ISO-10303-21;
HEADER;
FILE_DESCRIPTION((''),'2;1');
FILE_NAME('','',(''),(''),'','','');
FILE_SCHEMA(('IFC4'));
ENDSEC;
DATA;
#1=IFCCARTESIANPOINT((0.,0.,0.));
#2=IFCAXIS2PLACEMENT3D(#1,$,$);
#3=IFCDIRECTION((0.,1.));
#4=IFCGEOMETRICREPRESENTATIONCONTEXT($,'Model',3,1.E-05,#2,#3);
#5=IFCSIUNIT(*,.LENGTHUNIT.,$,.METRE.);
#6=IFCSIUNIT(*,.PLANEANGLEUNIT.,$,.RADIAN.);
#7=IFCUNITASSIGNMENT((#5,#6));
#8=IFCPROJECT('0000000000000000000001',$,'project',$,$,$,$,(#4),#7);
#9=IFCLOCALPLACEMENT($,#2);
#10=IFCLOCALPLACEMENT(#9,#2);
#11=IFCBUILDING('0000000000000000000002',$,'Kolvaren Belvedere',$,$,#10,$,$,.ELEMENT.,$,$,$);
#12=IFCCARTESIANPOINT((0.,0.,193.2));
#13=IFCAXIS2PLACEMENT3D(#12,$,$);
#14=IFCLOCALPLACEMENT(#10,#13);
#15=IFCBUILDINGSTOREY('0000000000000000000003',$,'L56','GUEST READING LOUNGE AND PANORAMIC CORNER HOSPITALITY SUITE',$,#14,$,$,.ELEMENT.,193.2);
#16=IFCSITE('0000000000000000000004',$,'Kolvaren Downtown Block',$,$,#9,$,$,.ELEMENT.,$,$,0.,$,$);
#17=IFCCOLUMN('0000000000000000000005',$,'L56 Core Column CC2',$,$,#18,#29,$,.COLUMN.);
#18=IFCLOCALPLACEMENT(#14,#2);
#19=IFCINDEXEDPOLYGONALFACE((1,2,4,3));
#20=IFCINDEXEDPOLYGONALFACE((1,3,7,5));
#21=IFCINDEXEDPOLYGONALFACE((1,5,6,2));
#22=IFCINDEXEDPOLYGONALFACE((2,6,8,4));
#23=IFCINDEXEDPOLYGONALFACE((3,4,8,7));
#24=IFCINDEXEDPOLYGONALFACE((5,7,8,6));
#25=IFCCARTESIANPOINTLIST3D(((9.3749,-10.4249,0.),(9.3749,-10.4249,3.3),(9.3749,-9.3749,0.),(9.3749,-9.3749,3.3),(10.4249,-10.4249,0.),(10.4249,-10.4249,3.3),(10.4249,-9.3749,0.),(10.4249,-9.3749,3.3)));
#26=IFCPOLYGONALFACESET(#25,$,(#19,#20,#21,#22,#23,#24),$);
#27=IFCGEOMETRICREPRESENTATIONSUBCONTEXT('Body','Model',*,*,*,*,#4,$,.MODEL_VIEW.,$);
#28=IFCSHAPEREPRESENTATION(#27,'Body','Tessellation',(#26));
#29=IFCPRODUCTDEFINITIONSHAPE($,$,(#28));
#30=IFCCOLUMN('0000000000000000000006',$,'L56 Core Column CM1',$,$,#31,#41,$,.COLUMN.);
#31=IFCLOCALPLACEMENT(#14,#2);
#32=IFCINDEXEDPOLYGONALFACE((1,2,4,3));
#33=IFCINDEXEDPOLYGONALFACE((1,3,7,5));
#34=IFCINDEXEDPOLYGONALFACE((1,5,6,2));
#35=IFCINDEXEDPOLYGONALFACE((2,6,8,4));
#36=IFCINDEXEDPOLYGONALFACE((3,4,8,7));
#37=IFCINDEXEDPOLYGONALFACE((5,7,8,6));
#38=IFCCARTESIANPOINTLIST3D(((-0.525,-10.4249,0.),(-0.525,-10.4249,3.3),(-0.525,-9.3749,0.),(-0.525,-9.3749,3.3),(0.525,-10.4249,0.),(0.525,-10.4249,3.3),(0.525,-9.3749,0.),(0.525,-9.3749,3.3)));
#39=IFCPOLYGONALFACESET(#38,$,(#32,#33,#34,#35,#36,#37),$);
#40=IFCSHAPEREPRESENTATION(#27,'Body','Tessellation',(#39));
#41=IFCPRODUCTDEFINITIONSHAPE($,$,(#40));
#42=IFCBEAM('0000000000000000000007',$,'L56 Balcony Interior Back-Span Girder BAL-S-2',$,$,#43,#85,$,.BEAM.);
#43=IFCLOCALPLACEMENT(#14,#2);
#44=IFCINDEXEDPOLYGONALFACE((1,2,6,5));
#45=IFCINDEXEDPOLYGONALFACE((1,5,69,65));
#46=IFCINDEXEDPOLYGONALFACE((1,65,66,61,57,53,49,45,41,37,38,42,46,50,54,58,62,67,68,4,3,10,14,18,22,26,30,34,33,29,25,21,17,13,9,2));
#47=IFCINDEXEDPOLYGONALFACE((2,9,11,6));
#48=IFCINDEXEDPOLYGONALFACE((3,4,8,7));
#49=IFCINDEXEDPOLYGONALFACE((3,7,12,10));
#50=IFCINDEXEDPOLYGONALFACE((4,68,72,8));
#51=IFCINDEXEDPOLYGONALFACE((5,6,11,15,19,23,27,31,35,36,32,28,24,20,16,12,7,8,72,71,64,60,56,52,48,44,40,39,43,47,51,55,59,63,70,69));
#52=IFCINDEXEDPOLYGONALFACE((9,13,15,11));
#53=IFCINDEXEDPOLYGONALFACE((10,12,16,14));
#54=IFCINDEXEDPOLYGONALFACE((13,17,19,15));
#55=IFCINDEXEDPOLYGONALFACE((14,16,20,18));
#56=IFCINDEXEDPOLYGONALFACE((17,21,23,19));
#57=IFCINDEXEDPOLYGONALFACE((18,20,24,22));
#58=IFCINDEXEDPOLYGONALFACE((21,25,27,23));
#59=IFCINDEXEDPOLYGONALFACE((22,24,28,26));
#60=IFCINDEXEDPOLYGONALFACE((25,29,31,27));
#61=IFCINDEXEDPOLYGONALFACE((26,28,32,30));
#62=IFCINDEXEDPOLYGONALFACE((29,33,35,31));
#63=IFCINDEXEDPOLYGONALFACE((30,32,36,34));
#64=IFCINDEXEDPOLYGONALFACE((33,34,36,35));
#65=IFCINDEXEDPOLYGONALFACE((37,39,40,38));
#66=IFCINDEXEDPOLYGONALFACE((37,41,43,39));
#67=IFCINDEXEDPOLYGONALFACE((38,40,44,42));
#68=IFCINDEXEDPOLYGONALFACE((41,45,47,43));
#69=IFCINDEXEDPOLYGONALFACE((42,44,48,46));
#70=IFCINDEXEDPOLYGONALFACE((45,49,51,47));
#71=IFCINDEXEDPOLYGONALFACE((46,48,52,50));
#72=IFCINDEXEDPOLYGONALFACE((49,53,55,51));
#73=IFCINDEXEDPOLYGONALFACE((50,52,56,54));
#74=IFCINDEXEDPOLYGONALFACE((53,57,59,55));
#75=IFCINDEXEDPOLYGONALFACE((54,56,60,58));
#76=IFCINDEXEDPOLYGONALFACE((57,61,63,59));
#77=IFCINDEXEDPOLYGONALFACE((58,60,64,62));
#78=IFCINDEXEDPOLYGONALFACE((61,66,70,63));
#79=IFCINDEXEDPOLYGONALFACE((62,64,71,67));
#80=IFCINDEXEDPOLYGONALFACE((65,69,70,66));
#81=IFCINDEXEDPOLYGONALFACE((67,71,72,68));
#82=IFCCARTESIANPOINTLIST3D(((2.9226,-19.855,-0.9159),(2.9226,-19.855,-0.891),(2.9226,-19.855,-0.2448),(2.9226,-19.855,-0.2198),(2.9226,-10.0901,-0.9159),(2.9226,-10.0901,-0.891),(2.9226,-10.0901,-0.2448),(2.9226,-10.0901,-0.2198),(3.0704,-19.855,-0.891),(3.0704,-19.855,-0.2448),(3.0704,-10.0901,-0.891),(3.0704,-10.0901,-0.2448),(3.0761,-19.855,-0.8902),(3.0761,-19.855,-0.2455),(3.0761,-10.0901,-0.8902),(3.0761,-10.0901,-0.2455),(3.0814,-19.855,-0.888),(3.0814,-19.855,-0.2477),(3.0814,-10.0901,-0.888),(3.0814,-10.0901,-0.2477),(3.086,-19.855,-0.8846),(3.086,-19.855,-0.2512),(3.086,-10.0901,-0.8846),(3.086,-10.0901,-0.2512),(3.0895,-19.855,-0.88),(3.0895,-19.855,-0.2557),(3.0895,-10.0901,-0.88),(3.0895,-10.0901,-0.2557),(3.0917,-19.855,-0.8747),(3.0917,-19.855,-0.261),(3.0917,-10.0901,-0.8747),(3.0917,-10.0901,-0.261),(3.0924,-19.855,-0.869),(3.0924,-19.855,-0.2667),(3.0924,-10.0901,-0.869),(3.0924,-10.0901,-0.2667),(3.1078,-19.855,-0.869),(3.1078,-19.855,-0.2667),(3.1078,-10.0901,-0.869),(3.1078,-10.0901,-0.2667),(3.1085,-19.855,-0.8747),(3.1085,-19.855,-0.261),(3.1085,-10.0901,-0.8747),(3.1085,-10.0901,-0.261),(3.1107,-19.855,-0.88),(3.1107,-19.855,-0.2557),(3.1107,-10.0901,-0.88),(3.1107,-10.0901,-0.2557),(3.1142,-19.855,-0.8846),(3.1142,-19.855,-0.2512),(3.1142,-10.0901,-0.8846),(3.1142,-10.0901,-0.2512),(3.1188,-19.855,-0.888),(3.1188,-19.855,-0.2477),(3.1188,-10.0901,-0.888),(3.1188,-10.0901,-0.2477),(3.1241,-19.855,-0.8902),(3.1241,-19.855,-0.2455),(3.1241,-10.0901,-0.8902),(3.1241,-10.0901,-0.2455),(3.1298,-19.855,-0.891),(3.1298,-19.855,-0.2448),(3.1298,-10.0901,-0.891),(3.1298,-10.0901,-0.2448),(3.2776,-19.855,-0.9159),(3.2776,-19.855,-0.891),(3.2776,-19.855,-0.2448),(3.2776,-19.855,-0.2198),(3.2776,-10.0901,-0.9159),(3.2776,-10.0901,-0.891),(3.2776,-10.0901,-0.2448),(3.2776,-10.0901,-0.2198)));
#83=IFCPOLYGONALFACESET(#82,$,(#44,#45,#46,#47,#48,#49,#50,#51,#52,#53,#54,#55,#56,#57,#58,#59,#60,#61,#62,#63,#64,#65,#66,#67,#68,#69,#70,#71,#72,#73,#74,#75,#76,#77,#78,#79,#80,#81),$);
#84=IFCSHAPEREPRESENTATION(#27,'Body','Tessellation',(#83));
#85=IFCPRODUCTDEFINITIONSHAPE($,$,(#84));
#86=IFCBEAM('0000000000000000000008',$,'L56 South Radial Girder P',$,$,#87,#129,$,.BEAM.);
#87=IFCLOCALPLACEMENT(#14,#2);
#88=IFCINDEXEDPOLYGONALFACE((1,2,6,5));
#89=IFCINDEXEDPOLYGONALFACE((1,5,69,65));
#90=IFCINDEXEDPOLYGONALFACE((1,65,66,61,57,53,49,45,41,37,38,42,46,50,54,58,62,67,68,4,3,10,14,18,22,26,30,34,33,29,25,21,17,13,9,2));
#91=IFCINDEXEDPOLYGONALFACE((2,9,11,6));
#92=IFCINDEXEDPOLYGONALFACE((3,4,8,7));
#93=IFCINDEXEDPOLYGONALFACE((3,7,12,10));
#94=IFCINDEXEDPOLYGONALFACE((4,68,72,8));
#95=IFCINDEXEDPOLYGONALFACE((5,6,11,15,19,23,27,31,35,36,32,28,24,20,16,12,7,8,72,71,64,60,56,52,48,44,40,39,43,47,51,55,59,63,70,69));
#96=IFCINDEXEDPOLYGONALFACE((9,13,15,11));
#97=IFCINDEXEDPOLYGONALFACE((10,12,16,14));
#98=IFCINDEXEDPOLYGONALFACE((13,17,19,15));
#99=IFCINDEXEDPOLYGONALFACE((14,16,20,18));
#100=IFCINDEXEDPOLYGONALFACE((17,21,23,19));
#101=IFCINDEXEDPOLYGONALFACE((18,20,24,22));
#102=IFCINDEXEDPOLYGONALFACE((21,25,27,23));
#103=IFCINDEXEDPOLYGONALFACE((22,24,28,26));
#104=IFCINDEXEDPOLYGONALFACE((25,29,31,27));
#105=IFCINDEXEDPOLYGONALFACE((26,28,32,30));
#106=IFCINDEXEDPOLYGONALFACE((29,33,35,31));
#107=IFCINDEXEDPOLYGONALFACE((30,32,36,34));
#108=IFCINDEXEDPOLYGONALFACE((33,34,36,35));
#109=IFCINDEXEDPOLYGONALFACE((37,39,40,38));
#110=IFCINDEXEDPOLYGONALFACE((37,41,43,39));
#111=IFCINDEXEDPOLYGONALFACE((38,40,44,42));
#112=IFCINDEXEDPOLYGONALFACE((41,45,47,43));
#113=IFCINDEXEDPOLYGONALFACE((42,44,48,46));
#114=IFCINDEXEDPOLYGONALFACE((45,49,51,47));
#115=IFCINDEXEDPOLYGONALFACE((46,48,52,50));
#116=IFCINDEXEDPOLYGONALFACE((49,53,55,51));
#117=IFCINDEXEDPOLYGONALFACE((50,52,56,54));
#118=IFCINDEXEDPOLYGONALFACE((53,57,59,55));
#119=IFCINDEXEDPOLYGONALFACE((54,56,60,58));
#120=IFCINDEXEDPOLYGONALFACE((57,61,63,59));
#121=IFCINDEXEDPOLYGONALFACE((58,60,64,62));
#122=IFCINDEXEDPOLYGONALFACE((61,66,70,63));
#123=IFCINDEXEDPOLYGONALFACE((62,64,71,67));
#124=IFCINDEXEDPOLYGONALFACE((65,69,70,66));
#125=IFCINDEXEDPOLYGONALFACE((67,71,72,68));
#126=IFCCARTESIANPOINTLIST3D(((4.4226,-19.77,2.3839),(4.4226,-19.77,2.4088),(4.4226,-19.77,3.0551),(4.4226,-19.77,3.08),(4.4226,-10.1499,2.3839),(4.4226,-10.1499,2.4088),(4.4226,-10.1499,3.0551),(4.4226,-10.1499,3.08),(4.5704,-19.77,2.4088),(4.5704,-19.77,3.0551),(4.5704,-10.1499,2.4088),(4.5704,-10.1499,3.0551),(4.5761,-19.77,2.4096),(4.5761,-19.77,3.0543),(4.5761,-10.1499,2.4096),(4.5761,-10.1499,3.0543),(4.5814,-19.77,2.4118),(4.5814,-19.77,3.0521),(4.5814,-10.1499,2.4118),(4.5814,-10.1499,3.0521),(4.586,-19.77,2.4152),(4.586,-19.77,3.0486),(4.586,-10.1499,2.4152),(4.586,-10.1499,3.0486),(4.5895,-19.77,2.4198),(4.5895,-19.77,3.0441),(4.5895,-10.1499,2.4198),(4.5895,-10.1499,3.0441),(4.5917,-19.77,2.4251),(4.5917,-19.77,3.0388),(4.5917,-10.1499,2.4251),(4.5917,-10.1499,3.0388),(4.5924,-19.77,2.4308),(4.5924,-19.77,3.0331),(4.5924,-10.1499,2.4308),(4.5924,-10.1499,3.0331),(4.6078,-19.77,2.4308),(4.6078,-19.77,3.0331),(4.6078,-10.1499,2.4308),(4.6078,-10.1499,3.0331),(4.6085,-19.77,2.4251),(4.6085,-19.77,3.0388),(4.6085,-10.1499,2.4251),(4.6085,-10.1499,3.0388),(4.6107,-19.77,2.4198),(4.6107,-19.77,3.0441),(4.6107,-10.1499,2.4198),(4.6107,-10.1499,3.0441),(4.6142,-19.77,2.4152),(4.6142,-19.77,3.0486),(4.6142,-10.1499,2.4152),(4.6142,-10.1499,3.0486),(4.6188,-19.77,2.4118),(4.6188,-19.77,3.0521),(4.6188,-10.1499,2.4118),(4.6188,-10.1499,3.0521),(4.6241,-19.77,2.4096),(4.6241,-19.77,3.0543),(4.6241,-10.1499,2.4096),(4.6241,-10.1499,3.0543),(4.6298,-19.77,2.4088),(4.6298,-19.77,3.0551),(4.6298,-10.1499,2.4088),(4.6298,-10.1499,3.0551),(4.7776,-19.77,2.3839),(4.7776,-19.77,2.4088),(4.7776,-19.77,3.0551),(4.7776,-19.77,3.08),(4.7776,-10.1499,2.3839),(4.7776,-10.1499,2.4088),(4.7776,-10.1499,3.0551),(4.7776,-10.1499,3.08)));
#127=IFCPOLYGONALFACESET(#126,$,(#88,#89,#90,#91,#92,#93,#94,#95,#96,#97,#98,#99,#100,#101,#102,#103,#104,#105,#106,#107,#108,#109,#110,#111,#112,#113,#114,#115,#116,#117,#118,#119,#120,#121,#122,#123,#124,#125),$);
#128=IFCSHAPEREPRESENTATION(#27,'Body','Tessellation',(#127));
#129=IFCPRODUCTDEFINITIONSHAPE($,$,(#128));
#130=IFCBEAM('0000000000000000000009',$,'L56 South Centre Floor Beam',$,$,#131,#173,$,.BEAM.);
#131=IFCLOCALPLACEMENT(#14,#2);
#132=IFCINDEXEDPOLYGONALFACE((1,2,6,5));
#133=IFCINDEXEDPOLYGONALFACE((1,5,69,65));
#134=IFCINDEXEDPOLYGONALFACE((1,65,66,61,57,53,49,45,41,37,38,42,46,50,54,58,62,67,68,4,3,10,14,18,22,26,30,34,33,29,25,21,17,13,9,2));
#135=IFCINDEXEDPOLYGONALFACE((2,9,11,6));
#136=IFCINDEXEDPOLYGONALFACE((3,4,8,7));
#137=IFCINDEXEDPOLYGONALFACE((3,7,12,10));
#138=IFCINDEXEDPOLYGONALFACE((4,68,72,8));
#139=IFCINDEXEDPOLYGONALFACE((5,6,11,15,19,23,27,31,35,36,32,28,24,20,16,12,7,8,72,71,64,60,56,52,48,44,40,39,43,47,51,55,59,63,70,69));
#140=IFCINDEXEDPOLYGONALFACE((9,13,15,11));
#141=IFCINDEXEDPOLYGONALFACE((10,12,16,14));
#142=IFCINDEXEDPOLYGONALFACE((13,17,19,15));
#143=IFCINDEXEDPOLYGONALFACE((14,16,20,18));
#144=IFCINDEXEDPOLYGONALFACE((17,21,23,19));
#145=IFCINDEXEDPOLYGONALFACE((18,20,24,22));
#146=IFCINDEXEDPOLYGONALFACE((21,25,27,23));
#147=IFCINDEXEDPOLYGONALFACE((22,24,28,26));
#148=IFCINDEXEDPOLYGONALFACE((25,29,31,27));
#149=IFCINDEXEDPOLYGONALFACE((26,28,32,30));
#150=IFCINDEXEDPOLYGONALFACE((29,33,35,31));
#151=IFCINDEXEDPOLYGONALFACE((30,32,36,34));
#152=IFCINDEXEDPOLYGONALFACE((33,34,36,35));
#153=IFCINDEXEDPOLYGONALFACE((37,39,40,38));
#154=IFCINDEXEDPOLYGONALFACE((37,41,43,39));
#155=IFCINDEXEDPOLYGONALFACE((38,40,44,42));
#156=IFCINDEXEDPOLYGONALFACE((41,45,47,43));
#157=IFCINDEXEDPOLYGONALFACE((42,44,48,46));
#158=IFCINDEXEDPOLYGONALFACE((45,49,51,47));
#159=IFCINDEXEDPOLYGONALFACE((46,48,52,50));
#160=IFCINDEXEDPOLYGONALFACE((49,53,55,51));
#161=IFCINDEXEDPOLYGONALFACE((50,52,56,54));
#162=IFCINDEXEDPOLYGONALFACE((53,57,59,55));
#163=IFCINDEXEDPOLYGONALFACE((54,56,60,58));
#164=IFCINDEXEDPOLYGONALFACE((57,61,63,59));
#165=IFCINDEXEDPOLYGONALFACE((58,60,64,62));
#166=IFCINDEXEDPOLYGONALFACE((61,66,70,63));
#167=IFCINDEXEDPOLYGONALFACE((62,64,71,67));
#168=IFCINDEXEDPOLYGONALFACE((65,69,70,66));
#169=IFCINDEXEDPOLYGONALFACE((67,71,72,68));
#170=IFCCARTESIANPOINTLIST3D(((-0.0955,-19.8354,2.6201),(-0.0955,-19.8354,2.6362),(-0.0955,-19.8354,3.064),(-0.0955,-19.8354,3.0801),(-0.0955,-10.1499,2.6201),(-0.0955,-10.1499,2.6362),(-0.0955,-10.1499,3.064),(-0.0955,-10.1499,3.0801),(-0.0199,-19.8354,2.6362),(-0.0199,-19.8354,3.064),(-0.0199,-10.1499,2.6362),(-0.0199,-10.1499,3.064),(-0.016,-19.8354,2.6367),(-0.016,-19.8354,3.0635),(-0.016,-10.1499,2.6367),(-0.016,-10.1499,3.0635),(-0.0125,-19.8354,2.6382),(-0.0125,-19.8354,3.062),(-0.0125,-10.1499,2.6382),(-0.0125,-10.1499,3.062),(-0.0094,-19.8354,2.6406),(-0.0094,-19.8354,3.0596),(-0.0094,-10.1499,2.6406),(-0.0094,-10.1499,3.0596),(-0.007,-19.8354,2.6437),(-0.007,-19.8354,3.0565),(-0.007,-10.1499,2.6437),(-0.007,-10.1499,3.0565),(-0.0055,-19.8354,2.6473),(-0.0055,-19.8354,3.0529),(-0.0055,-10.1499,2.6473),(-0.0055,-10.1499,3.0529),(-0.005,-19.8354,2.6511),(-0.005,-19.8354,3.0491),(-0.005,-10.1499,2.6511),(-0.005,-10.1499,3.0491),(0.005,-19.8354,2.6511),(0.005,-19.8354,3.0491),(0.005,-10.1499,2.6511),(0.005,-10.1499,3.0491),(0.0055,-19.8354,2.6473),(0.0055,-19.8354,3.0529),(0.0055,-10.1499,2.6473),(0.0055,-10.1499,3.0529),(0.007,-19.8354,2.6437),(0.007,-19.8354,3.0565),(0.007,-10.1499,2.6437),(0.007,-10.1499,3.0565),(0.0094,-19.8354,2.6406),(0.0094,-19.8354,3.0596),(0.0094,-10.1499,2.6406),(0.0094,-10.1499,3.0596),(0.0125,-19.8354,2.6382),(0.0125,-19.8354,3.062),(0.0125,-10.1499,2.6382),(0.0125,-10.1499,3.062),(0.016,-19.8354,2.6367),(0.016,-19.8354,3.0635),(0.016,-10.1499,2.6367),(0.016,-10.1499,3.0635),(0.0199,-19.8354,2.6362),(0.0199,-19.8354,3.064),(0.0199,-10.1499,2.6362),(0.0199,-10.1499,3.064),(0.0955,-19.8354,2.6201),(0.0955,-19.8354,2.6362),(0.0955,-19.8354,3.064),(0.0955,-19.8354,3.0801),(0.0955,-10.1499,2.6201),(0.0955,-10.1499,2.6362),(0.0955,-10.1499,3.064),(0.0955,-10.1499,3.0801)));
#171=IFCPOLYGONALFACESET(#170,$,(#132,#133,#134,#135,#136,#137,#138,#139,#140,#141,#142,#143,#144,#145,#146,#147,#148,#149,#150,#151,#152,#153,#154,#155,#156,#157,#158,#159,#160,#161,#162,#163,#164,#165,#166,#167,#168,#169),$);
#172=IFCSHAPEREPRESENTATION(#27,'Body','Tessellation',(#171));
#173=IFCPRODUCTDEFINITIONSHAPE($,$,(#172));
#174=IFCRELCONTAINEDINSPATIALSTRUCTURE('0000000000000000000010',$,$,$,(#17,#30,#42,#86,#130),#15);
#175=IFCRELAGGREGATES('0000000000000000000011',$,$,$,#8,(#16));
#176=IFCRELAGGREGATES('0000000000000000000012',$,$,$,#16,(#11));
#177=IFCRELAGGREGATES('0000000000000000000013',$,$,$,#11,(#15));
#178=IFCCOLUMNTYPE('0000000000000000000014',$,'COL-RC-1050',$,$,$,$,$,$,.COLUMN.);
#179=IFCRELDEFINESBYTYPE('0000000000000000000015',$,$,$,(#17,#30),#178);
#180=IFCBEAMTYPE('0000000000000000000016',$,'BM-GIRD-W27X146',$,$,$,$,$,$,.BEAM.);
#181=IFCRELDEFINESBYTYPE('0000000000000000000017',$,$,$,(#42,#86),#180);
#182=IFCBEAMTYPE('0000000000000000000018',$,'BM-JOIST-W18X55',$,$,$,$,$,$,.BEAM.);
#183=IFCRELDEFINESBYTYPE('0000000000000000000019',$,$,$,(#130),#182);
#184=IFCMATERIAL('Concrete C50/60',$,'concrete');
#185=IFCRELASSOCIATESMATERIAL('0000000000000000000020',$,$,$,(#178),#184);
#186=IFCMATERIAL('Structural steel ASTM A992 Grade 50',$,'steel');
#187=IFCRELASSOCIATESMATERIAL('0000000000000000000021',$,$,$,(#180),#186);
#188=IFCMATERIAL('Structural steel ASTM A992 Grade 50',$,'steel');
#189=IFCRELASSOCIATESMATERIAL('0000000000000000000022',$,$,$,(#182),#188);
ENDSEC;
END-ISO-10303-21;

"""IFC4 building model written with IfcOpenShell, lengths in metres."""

from ifc_helpers import new_model, si_unit, direction, frame, origin, origin_2d, place, context, subcontext, project, spatial, rectangle, i_section, extrude, material, material_profile, profile_set, type_object, element, save


model = new_model("IFC4")

# Units and contexts
model_context = context("Model", 3, precision=1e-05, world=origin(), true_north=direction((0.0, 1.0)))
body_context = subcontext(model_context, "Body", "Model", "MODEL_VIEW")
ifc_project = project(units=[si_unit("LENGTHUNIT", "METRE"), si_unit("PLANEANGLEUNIT", "RADIAN")], contexts=[model_context])

# Site, building, storey
site_placement = place(None, origin())
site = spatial("IfcSite", under=ifc_project, at=site_placement, Name="Kolvaren Downtown Block", CompositionType="ELEMENT", RefElevation=0.0)
building_placement = place(site_placement, origin())
building = spatial("IfcBuilding", under=site, at=building_placement, Name="Kolvaren Belvedere", CompositionType="ELEMENT")
storey_placement = place(building_placement, frame((0.0, 0.0, 193.2)))
storey = spatial("IfcBuildingStorey", under=building, at=storey_placement, Name="L56", Description="GUEST READING LOUNGE AND PANORAMIC CORNER HOSPITALITY SUITE", CompositionType="ELEMENT", Elevation=193.2)

# Columns
ifc_material_1 = material(Name="Concrete C50/60", Category="concrete")
ifc_material_profile_1 = material_profile(ifc_material_1, rectangle(XDim=1.05, YDim=1.05, at=origin_2d()), Name="RC 1050X1050")
ifc_profile_set_1 = profile_set([ifc_material_profile_1], Name="Concrete C50/60")
column_type = type_object("IfcColumnType", Name="COL-RC-1050", PredefinedType="COLUMN", material=ifc_profile_set_1)
for number, where, z_axis, x_axis, name in (
    (1, (9.8999, -9.8999, 0.0), (0.0, 0.0, 1.0), (1.0, 0.0, 0.0), "L56 Core Column CC2"),
    (2, (0.0, -9.8999, 0.0), (0.0, 0.0, 1.0), (1.0, 0.0, 0.0), "L56 Core Column CM1"),
):
    element("IfcColumn", number, at=place(storey_placement, frame(where, z_axis=z_axis, x_axis=x_axis)), inside=storey, type_object=column_type, Name=name, PredefinedType="COLUMN", context=body_context, shape_type="SweptSolid", body=[
        extrude(rectangle(XDim=1.05, YDim=1.05, at=origin_2d()), origin(), (0.0, 0.0, 1.0), 3.3),
    ])

# Beams
ifc_material_2 = material(Name="Structural steel ASTM A992 Grade 50", Category="steel")
ifc_material_profile_2 = material_profile(ifc_material_2, i_section(OverallWidth=0.355, OverallDepth=0.696, WebThickness=0.0154, FlangeThickness=0.0249, FilletRadius=0.022, at=origin_2d()), Name="W27X146")
ifc_profile_set_2 = profile_set([ifc_material_profile_2], Name="Structural steel ASTM A992 Grade 50")
beam_type_1 = type_object("IfcBeamType", Name="BM-GIRD-W27X146", PredefinedType="BEAM", material=ifc_profile_set_2)
beam_1_placement = place(storey_placement, frame((3.1001, -10.0901, -0.5679), z_axis=(0.0, -1.0, 0.0), x_axis=(1.0, 0.0, 0.0)))
element("IfcBeam", 3, at=beam_1_placement, inside=storey, type_object=beam_type_1, Name="L56 Balcony Interior Back-Span Girder BAL-S-2", PredefinedType="BEAM", context=body_context, shape_type="SweptSolid", body=[
    extrude(i_section(OverallWidth=0.355, OverallDepth=0.696, WebThickness=0.0154, FlangeThickness=0.0249, FilletRadius=0.022, at=origin_2d()), origin(), (0.0, 0.0, 1.0), 9.7649),
])
beam_2_placement = place(storey_placement, frame((4.6001, -10.1499, 2.7319), z_axis=(0.0, -1.0, 0.0), x_axis=(1.0, 0.0, 0.0)))
element("IfcBeam", 4, at=beam_2_placement, inside=storey, type_object=beam_type_1, Name="L56 South Radial Girder P", PredefinedType="BEAM", context=body_context, shape_type="SweptSolid", body=[
    extrude(i_section(OverallWidth=0.355, OverallDepth=0.696, WebThickness=0.0154, FlangeThickness=0.0249, FilletRadius=0.022, at=origin_2d()), origin(), (0.0, 0.0, 1.0), 9.6201),
])
ifc_material_3 = material(Name="Structural steel ASTM A992 Grade 50", Category="steel")
ifc_material_profile_3 = material_profile(ifc_material_3, i_section(OverallWidth=0.1909, OverallDepth=0.46, WebThickness=0.01, FlangeThickness=0.0161, FilletRadius=0.0149, at=origin_2d()), Name="W18X55")
ifc_profile_set_3 = profile_set([ifc_material_profile_3], Name="Structural steel ASTM A992 Grade 50")
beam_type_2 = type_object("IfcBeamType", Name="BM-JOIST-W18X55", PredefinedType="BEAM", material=ifc_profile_set_3)
beam_3_placement = place(storey_placement, frame((0.0, -10.1499, 2.8501), z_axis=(0.0, -1.0, 0.0), x_axis=(1.0, 0.0, 0.0)))
element("IfcBeam", 5, at=beam_3_placement, inside=storey, type_object=beam_type_2, Name="L56 South Centre Floor Beam", PredefinedType="BEAM", context=body_context, shape_type="SweptSolid", body=[
    extrude(i_section(OverallWidth=0.1909, OverallDepth=0.46, WebThickness=0.01, FlangeThickness=0.0161, FilletRadius=0.0149, at=origin_2d()), origin(), (0.0, 0.0, 1.0), 9.6855),
])

save(model, "model.ifc")
